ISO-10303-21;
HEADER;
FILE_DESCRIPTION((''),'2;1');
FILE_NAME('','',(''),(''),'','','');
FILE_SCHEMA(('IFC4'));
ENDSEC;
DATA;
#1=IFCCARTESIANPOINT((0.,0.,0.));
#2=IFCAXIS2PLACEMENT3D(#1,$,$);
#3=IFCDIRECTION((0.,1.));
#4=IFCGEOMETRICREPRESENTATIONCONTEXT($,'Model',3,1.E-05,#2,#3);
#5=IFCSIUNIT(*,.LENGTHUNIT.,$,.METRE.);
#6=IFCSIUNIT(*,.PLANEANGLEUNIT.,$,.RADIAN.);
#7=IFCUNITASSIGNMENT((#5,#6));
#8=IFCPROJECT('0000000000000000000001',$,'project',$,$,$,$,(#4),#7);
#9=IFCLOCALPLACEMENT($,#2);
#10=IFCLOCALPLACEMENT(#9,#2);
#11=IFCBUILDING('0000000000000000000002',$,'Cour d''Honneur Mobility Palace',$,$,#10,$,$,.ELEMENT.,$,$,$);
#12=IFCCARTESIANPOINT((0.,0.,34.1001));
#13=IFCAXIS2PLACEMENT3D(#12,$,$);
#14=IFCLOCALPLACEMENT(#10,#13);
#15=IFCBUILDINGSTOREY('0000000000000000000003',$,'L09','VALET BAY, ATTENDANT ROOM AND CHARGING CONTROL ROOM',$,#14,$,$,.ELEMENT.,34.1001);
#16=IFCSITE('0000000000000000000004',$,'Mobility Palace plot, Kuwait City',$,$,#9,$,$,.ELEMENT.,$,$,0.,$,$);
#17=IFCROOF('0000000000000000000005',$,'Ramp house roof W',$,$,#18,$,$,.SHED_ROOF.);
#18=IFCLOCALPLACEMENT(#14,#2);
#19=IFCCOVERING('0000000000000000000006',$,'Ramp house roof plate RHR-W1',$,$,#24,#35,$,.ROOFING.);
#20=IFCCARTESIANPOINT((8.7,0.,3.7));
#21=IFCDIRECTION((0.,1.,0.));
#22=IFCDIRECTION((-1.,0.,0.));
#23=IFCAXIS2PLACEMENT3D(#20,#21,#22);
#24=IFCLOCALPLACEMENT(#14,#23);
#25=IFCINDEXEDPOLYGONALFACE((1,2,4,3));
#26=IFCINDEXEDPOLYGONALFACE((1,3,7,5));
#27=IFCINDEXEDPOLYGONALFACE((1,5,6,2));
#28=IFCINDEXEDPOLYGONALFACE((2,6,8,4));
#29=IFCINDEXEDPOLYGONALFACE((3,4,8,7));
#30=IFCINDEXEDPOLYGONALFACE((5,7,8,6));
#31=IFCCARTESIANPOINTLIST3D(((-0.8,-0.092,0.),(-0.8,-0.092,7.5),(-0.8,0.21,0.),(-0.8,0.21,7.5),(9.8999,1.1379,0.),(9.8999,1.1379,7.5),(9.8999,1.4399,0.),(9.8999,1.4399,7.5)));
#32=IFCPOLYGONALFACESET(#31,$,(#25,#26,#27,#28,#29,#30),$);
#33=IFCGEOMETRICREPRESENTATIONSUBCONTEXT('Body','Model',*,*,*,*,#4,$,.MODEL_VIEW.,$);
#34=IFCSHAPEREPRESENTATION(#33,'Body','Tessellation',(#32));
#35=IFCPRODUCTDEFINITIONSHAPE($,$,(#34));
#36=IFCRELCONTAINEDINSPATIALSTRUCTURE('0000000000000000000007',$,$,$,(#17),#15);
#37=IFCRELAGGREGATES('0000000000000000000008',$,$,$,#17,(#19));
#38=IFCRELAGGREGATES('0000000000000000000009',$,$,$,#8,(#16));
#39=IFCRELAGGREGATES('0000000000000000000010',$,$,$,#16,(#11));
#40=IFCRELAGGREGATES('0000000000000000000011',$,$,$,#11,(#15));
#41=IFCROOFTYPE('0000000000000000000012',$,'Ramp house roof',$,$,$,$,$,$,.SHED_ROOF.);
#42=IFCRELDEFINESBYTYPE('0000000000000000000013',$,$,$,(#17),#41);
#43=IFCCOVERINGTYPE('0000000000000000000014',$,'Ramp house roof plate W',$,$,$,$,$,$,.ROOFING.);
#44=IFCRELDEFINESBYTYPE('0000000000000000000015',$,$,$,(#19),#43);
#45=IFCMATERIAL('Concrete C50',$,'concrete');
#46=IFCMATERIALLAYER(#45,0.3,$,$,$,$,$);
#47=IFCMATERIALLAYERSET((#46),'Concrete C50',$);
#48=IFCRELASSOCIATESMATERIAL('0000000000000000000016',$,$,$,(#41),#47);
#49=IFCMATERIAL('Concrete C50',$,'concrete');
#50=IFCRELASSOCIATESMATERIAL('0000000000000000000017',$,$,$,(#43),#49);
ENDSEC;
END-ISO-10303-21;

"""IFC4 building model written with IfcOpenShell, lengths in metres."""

from ifc_helpers import new_model, si_unit, direction, frame, origin, place, context, subcontext, project, spatial, polyline, outline, extrude, material, layer, layer_set, material_profile, profile_set, type_object, element, aggregate, save


model = new_model("IFC4")

# Units and contexts
model_context = context("Model", 3, precision=1e-05, world=origin(), true_north=direction((0.0, 1.0)))
body_context = subcontext(model_context, "Body", "Model", "MODEL_VIEW")
ifc_project = project(units=[si_unit("LENGTHUNIT", "METRE"), si_unit("PLANEANGLEUNIT", "RADIAN")], contexts=[model_context])

# Site, building, storey
site_placement = place(None, origin())
site = spatial("IfcSite", under=ifc_project, at=site_placement, Name="Mobility Palace plot, Kuwait City", CompositionType="ELEMENT", RefElevation=0.0)
building_placement = place(site_placement, origin())
building = spatial("IfcBuilding", under=site, at=building_placement, Name="Cour d'Honneur Mobility Palace", CompositionType="ELEMENT")
storey_placement = place(building_placement, frame((0.0, 0.0, 34.1001)))
storey = spatial("IfcBuildingStorey", under=building, at=storey_placement, Name="L09", Description="VALET BAY, ATTENDANT ROOM AND CHARGING CONTROL ROOM", CompositionType="ELEMENT", Elevation=34.1001)

# Roof, covering
ifc_material_1 = material(Name="Concrete C50", Category="concrete")
ifc_layer_1 = layer(ifc_material_1, 0.3)
ifc_layer_set_1 = layer_set([ifc_layer_1], Name="Concrete C50")
roof_type_1 = type_object("IfcRoofType", Name="Ramp house roof", PredefinedType="SHED_ROOF", material=ifc_layer_set_1)
roof_1_placement = place(storey_placement, origin())
roof_1 = element("IfcRoof", 1, at=roof_1_placement, inside=storey, type_object=roof_type_1, Name="Ramp house roof W", PredefinedType="SHED_ROOF")
ifc_material_2 = material(Name="Concrete C50", Category="concrete")
ifc_material_profile_1 = material_profile(ifc_material_2, outline(polyline([(-0.8, -0.092), (9.8999, 1.1379), (9.8999, 1.4399), (-0.8, 0.21), (-0.8, -0.092)])), Name="Ramp house roof plate W")
ifc_profile_set_1 = profile_set([ifc_material_profile_1], Name="Concrete C50")
covering_type_1 = type_object("IfcCoveringType", Name="Ramp house roof plate W", PredefinedType="ROOFING", material=ifc_profile_set_1)
covering_1_placement = place(storey_placement, frame((8.7, 0.0, 3.7), z_axis=(0.0, 1.0, 0.0), x_axis=(-1.0, 0.0, 0.0)))
covering_1 = element("IfcCovering", 2, at=covering_1_placement, type_object=covering_type_1, Name="Ramp house roof plate RHR-W1", PredefinedType="ROOFING", context=body_context, shape_type="SweptSolid", body=[
    extrude(outline(polyline([(-0.8, -0.092), (9.8999, 1.1379), (9.8999, 1.4399), (-0.8, 0.21), (-0.8, -0.092)])), origin(), (0.0, 0.0, 1.0), 7.5),
])
aggregate(roof_1, [covering_1])

save(model, "model.ifc")
